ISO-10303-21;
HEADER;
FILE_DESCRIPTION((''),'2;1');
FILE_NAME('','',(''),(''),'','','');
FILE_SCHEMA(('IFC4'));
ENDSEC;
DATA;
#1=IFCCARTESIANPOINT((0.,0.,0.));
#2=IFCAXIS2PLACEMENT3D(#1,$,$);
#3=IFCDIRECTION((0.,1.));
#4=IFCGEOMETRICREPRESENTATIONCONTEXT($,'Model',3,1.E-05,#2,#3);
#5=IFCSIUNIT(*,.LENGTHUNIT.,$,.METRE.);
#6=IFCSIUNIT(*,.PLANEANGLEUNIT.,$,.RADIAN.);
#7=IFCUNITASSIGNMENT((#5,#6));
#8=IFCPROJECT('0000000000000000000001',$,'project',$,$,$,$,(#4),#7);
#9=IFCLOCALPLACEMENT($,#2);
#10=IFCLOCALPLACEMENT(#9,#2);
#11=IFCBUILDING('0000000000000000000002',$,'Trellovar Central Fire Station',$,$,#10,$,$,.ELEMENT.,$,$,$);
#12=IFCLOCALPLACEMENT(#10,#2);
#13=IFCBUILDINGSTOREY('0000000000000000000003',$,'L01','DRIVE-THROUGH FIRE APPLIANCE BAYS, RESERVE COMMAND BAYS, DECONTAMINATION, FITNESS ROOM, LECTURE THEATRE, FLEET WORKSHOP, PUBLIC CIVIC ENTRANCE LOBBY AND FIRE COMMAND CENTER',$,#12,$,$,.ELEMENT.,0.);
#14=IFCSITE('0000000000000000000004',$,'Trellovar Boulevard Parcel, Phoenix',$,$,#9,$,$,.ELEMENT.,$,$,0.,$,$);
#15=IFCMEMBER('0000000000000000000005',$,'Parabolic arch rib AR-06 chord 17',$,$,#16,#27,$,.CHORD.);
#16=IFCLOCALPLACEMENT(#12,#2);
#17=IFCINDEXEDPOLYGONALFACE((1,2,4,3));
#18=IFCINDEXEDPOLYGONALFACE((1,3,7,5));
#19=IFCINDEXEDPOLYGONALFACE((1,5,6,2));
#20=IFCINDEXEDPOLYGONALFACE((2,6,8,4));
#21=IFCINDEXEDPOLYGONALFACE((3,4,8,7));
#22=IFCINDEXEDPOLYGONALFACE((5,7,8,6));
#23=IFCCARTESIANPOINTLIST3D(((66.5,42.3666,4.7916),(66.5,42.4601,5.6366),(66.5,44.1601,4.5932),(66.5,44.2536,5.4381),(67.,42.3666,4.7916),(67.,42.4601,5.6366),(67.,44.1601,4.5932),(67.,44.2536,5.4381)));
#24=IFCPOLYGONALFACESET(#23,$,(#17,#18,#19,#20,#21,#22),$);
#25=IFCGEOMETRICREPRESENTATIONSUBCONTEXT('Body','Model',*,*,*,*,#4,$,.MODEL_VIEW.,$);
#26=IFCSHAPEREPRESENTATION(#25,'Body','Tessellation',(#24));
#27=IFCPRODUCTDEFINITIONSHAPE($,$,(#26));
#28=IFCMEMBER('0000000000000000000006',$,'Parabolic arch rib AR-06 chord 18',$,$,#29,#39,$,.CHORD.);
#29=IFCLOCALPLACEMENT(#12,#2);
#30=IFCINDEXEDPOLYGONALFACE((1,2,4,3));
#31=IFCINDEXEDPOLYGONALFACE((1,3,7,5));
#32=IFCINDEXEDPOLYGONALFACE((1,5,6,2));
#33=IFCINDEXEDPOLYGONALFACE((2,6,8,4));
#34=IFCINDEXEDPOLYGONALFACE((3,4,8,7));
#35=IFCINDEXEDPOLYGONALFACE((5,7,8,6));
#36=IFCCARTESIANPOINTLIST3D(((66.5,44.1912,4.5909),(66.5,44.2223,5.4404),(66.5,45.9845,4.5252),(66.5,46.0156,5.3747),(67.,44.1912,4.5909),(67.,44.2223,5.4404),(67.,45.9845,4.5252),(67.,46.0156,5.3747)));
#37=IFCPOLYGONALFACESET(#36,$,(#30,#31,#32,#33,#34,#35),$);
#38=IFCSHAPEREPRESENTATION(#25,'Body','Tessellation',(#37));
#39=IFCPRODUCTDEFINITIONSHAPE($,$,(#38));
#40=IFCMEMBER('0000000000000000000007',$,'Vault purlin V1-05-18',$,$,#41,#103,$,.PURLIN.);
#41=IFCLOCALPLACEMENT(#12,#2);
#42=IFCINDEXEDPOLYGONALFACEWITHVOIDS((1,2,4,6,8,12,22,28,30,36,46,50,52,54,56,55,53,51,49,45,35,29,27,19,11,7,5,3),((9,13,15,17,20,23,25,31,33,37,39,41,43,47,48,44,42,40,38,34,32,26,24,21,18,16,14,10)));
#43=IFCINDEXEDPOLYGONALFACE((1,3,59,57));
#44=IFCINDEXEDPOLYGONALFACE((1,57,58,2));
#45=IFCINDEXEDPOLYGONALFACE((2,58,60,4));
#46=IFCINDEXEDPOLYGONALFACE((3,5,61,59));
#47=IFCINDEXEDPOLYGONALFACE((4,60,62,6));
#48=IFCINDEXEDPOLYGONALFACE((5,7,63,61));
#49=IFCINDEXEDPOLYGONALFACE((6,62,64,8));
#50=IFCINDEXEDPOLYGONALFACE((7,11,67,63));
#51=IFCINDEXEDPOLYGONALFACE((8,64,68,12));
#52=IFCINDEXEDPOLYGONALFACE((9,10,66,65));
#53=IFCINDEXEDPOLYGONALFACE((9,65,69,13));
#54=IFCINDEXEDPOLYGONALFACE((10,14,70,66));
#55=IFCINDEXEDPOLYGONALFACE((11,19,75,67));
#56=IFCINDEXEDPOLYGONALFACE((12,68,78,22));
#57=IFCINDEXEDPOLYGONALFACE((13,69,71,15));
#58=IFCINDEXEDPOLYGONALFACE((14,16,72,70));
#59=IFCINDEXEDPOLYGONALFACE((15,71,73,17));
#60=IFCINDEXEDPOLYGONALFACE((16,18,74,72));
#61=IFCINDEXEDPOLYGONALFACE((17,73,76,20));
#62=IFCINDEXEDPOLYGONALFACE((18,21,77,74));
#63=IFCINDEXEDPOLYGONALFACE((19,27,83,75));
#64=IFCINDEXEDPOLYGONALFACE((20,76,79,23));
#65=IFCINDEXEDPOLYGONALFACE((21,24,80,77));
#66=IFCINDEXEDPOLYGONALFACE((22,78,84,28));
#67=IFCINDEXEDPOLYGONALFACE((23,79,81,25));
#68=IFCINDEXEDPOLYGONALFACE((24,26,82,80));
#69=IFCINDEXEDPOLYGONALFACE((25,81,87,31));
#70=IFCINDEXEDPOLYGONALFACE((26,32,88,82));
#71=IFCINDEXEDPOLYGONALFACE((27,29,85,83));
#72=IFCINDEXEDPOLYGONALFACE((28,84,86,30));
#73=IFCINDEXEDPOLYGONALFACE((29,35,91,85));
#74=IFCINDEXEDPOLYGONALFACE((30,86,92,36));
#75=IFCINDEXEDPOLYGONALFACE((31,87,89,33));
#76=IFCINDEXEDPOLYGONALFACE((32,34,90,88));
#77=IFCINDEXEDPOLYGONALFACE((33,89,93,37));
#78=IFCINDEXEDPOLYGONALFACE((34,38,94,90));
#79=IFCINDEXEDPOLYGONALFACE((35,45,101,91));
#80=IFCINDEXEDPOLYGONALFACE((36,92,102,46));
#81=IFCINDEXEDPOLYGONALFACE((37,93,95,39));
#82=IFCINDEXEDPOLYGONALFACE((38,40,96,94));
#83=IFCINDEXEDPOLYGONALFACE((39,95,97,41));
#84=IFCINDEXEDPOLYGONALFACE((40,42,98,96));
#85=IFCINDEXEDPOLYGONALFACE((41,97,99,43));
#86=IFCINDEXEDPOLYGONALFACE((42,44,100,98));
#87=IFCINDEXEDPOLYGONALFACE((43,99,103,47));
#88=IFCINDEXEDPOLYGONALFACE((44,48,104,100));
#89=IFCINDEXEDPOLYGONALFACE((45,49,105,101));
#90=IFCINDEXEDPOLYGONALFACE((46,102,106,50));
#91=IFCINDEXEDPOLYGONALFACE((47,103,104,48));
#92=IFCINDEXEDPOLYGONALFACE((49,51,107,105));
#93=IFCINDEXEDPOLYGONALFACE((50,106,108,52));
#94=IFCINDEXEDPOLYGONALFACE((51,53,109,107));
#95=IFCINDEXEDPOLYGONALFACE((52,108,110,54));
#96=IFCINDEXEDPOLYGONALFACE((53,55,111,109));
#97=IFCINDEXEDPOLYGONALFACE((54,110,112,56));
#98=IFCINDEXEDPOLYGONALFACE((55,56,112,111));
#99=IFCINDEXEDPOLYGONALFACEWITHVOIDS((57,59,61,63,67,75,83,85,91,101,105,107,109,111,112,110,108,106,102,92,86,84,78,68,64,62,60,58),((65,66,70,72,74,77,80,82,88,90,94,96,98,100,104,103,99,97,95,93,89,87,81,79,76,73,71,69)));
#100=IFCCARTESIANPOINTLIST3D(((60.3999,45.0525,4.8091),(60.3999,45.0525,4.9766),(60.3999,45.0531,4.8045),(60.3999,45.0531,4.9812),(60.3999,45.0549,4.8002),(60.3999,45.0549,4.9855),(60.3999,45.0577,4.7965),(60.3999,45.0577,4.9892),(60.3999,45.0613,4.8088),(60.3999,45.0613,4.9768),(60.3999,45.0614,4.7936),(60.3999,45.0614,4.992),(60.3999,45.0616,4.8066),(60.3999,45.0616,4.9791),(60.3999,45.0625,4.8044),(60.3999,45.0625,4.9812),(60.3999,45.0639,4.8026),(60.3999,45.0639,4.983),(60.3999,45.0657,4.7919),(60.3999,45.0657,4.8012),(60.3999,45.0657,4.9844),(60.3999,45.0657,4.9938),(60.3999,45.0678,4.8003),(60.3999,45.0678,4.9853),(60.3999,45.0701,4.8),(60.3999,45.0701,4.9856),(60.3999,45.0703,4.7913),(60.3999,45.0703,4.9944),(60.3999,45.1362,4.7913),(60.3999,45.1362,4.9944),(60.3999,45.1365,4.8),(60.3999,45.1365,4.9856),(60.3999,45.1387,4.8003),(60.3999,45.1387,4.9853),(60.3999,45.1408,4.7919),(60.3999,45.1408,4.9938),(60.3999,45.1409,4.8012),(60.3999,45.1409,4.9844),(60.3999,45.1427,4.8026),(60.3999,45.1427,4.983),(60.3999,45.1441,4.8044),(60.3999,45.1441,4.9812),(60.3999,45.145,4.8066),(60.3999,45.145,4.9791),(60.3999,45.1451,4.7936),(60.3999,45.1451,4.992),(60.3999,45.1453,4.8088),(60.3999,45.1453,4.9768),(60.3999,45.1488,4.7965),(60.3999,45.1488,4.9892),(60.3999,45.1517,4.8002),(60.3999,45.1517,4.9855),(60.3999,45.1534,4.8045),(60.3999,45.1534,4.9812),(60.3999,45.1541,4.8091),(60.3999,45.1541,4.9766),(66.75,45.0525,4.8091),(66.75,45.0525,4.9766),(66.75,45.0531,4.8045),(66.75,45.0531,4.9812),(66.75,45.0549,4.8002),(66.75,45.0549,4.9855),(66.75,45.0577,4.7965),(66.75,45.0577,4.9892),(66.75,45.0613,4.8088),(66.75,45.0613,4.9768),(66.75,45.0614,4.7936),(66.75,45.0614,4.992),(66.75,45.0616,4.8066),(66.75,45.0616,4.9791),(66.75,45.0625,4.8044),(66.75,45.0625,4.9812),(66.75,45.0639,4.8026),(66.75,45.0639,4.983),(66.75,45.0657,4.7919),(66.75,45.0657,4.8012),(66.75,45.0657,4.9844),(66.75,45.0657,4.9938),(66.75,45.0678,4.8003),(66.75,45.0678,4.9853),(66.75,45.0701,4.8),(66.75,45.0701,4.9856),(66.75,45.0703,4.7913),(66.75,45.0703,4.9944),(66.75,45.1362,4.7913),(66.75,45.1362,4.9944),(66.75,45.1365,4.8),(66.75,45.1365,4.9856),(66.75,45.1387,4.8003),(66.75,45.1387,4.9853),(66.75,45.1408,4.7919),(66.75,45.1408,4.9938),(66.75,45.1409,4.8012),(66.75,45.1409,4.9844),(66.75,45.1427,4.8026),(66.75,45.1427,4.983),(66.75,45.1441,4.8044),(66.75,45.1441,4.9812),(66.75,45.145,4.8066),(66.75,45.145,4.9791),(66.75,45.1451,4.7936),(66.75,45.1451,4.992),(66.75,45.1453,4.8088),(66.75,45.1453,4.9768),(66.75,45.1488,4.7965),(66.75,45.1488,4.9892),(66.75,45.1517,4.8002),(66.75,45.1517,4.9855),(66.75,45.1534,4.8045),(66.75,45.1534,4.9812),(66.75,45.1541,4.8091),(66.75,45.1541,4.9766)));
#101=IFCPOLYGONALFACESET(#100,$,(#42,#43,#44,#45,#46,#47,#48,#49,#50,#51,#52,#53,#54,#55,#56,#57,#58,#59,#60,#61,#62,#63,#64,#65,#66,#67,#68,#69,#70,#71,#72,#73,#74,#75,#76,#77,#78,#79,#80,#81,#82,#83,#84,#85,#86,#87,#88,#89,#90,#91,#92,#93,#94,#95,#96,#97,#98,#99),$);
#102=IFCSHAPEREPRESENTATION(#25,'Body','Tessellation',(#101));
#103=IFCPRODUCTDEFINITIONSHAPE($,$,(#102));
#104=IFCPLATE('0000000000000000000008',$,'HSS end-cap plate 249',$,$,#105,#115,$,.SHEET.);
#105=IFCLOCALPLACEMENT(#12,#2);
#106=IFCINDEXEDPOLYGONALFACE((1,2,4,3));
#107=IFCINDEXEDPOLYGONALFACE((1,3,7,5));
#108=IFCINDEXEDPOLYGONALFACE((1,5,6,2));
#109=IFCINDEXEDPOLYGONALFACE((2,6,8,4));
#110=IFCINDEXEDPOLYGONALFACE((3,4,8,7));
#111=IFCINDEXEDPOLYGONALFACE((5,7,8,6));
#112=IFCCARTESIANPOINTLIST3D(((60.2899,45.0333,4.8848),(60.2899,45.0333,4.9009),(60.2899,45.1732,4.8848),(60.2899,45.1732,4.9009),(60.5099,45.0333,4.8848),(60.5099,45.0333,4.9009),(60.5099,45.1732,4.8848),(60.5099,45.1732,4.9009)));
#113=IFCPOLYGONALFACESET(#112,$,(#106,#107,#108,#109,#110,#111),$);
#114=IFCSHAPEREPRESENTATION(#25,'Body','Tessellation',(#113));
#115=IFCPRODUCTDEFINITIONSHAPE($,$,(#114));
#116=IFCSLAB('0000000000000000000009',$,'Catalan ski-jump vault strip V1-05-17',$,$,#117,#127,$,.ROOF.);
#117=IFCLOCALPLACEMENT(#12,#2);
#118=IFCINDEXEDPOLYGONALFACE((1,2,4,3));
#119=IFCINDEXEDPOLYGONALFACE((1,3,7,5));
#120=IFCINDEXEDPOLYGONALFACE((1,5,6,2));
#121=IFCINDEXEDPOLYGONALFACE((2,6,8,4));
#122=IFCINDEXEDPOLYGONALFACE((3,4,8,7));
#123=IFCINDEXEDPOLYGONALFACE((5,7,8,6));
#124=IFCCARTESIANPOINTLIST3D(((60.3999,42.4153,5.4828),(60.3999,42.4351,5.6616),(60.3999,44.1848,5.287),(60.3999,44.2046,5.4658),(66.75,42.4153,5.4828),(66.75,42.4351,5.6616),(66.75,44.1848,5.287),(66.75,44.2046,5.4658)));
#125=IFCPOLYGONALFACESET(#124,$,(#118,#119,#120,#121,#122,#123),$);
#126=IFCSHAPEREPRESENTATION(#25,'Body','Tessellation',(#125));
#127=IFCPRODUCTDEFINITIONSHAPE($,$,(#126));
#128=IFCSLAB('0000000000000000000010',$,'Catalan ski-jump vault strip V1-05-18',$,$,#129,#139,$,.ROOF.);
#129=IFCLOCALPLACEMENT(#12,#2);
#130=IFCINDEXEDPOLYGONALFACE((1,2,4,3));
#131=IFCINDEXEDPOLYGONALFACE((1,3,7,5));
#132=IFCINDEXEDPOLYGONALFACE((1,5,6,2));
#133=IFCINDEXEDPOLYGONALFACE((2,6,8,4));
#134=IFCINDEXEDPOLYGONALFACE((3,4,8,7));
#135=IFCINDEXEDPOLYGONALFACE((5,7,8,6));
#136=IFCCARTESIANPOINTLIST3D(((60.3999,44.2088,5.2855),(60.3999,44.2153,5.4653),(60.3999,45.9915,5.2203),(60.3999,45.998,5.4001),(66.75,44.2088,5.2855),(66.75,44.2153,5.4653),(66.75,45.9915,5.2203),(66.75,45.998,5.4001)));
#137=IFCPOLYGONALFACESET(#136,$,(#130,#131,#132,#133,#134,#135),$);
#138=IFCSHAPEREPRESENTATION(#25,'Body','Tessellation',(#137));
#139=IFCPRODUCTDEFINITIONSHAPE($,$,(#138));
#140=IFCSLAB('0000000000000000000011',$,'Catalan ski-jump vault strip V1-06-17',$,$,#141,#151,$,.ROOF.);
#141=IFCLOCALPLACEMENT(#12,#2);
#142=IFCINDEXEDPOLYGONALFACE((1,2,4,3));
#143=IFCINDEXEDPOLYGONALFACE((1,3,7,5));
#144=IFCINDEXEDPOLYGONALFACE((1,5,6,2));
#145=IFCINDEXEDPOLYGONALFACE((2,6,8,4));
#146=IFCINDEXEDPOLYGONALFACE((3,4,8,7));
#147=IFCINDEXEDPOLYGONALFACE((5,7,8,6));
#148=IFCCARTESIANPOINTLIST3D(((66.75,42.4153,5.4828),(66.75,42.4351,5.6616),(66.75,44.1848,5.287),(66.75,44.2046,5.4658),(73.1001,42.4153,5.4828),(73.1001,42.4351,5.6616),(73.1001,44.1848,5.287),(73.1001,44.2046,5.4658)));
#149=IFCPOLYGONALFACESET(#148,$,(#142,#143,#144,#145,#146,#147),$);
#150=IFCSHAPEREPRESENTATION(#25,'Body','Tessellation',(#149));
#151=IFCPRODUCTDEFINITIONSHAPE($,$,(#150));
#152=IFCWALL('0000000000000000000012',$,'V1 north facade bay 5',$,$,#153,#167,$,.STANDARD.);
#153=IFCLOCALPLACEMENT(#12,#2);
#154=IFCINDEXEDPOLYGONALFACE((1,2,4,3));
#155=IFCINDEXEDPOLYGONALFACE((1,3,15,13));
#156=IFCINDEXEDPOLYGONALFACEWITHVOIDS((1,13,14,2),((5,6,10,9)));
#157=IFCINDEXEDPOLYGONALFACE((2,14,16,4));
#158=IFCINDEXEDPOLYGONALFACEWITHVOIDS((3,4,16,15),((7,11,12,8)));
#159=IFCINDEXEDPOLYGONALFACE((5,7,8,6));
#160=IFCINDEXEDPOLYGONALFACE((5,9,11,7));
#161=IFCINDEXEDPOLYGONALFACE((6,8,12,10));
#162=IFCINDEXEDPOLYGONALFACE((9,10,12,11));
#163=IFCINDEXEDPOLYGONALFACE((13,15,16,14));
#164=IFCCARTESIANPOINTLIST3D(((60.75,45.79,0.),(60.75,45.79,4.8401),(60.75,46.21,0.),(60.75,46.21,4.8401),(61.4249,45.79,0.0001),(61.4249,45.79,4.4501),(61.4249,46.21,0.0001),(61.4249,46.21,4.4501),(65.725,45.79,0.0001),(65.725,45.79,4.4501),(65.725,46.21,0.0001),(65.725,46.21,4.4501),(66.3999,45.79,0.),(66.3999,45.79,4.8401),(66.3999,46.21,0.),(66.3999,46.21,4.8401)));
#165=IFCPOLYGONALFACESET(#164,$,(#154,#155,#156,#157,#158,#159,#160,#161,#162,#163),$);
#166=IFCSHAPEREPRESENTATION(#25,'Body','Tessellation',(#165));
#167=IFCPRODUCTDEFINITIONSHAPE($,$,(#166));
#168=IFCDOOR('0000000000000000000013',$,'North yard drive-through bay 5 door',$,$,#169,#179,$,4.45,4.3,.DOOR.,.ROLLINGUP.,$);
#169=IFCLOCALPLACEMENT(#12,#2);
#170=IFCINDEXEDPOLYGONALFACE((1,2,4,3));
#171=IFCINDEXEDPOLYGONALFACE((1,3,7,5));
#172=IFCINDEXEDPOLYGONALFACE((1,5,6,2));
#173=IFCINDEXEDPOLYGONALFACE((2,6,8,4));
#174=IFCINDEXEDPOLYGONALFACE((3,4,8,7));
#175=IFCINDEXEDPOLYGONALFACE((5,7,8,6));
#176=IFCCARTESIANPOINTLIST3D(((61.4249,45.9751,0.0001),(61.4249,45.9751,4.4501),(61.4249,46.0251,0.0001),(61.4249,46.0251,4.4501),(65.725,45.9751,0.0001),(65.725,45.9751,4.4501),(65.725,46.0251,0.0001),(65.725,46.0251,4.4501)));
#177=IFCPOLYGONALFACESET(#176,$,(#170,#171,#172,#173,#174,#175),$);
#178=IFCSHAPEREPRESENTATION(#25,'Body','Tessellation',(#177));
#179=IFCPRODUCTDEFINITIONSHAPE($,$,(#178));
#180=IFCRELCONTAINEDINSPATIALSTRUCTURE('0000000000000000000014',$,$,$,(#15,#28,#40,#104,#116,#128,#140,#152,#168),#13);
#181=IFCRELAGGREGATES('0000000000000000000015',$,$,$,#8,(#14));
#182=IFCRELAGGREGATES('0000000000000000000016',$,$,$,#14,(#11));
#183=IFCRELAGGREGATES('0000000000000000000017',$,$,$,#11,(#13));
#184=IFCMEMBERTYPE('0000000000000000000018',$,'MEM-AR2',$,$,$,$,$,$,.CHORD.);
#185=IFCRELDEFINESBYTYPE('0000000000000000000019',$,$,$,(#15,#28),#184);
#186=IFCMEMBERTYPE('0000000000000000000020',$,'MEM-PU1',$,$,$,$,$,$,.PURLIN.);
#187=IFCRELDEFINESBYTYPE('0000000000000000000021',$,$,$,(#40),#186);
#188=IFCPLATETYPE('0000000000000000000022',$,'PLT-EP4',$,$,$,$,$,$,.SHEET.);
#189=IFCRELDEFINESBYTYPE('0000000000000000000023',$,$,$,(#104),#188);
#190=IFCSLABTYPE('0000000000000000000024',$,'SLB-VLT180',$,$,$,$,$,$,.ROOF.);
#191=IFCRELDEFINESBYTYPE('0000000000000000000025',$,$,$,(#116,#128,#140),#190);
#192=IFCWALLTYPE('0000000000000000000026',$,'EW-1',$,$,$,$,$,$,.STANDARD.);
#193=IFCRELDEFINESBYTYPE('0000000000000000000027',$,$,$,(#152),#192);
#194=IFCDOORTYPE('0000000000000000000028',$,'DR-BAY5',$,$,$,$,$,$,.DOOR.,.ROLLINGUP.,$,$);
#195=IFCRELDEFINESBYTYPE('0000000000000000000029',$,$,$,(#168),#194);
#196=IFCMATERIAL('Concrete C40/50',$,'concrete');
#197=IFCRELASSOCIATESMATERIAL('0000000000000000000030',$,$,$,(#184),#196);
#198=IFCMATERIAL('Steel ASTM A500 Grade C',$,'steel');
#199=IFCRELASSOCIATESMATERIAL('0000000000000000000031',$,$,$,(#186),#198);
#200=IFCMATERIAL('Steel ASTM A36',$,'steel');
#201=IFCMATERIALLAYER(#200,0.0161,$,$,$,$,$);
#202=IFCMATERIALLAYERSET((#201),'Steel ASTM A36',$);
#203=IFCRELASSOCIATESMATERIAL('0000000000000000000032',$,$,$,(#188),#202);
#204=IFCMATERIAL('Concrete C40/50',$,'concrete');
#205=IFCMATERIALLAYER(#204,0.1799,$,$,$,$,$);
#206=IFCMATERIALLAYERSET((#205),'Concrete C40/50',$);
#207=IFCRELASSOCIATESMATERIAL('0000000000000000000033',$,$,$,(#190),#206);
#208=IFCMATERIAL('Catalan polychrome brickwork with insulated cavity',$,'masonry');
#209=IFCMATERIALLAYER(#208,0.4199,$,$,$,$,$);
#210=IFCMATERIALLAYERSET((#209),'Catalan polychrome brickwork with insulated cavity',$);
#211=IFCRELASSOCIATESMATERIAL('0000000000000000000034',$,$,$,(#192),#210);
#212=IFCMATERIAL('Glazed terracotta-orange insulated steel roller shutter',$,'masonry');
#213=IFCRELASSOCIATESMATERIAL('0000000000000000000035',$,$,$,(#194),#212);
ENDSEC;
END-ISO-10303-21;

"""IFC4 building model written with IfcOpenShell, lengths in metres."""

from ifc_helpers import new_model, si_unit, direction, frame, frame_2d, origin, origin_2d, place, context, subcontext, project, spatial, polyline, rectangle, hollow_rectangle, outline, extrude, material, layer, layer_set, material_profile, profile_set, type_object, element, fill, save


model = new_model("IFC4")

# Units and contexts
model_context = context("Model", 3, precision=1e-05, world=origin(), true_north=direction((0.0, 1.0)))
body_context = subcontext(model_context, "Body", "Model", "MODEL_VIEW")
ifc_project = project(units=[si_unit("LENGTHUNIT", "METRE"), si_unit("PLANEANGLEUNIT", "RADIAN")], contexts=[model_context])

# Site, building, storey
site_placement = place(None, origin())
site = spatial("IfcSite", under=ifc_project, at=site_placement, Name="Trellovar Boulevard Parcel, Phoenix", CompositionType="ELEMENT", RefElevation=0.0)
building_placement = place(site_placement, origin())
building = spatial("IfcBuilding", under=site, at=building_placement, Name="Trellovar Central Fire Station", CompositionType="ELEMENT")
storey_placement = place(building_placement, origin())
storey = spatial("IfcBuildingStorey", under=building, at=storey_placement, Name="L01", Description="DRIVE-THROUGH FIRE APPLIANCE BAYS, RESERVE COMMAND BAYS, DECONTAMINATION, FITNESS ROOM, LECTURE THEATRE, FLEET WORKSHOP, PUBLIC CIVIC ENTRANCE LOBBY AND FIRE COMMAND CENTER", CompositionType="ELEMENT", Elevation=0.0)

# Members
ifc_material_1 = material(Name="Concrete C40/50", Category="concrete")
ifc_material_profile_1 = material_profile(ifc_material_1, rectangle(XDim=0.5, YDim=0.8501, at=origin_2d()), Name="RC500X850")
ifc_profile_set_1 = profile_set([ifc_material_profile_1], Name="Concrete C40/50")
member_type_1 = type_object("IfcMemberType", Name="MEM-AR2", PredefinedType="CHORD", material=ifc_profile_set_1)
member_1_placement = place(storey_placement, frame((66.75, 42.4133, 5.2141), z_axis=(0.0, 0.993931, -0.110001), x_axis=(-1.0, 0.0, 0.0)))
element("IfcMember", 1, at=member_1_placement, inside=storey, type_object=member_type_1, Name="Parabolic arch rib AR-06 chord 17", PredefinedType="CHORD", context=body_context, shape_type="SweptSolid", body=[
    extrude(rectangle(XDim=0.5, YDim=0.8501, at=origin_2d()), origin(), (0.0, 0.0, 1.0), 1.8044),
])
member_2_placement = place(storey_placement, frame((66.75, 44.2068, 5.0156), z_axis=(0.0, 0.99933, -0.036599), x_axis=(-1.0, 0.0, 0.0)))
element("IfcMember", 2, at=member_2_placement, inside=storey, type_object=member_type_1, Name="Parabolic arch rib AR-06 chord 18", PredefinedType="CHORD", context=body_context, shape_type="SweptSolid", body=[
    extrude(rectangle(XDim=0.5, YDim=0.8501, at=origin_2d()), origin(), (0.0, 0.0, 1.0), 1.7944),
])
ifc_material_2 = material(Name="Steel ASTM A500 Grade C", Category="steel")
ifc_material_profile_2 = material_profile(ifc_material_2, hollow_rectangle(XDim=0.1016, YDim=0.2031, WallThickness=0.0088, InnerFilletRadius=0.0088, OuterFilletRadius=0.0178, at=origin_2d()), Name="HSS8X4X3/8")
ifc_profile_set_2 = profile_set([ifc_material_profile_2], Name="Steel ASTM A500 Grade C")
member_type_2 = type_object("IfcMemberType", Name="MEM-PU1", PredefinedType="PURLIN", material=ifc_profile_set_2)
member_3_placement = place(storey_placement, frame((60.3999, 45.1033, 4.8928), z_axis=(1.0, 0.0, 0.0), x_axis=(0.0, 1.0, 0.0)))
element("IfcMember", 3, at=member_3_placement, inside=storey, type_object=member_type_2, Name="Vault purlin V1-05-18", PredefinedType="PURLIN", context=body_context, shape_type="SweptSolid", body=[
    extrude(hollow_rectangle(XDim=0.1016, YDim=0.2031, WallThickness=0.0088, InnerFilletRadius=0.0088, OuterFilletRadius=0.0178, at=origin_2d()), origin(), (0.0, 0.0, 1.0), 6.3501),
])

# Plate
ifc_material_3 = material(Name="Steel ASTM A36", Category="steel")
ifc_layer_1 = layer(ifc_material_3, 0.0161)
ifc_layer_set_1 = layer_set([ifc_layer_1], Name="Steel ASTM A36")
plate_type = type_object("IfcPlateType", Name="PLT-EP4", PredefinedType="SHEET", material=ifc_layer_set_1)
plate_placement = place(storey_placement, frame((60.3999, 45.1033, 4.8848), z_axis=(0.0, 0.0, 1.0), x_axis=(1.0, 0.0, 0.0)))
element("IfcPlate", 4, at=plate_placement, inside=storey, type_object=plate_type, Name="HSS end-cap plate 249", PredefinedType="SHEET", context=body_context, shape_type="SweptSolid", body=[
    extrude(rectangle(XDim=0.22, YDim=0.1399, at=origin_2d()), origin(), (0.0, 0.0, 1.0), 0.0161),
])

# Slabs
ifc_material_4 = material(Name="Concrete C40/50", Category="concrete")
ifc_layer_2 = layer(ifc_material_4, 0.1799)
ifc_layer_set_2 = layer_set([ifc_layer_2], Name="Concrete C40/50")
slab_type = type_object("IfcSlabType", Name="SLB-VLT180", PredefinedType="ROOF", material=ifc_layer_set_2)
slab_1_placement = place(storey_placement, frame((60.3999, 42.4351, 5.6616), z_axis=(0.0, 0.10998, 0.993934), x_axis=(1.0, 0.0, 0.0)))
element("IfcSlab", 5, at=slab_1_placement, inside=storey, type_object=slab_type, Name="Catalan ski-jump vault strip V1-05-17", PredefinedType="ROOF", context=body_context, shape_type="SweptSolid", body=[
    extrude(outline(polyline([(0.0, 0.0), (6.3501, 0.0), (6.3501, 1.7803), (0.0, 1.7803), (0.0, 0.0)])), origin(), (0.0, 0.0, -1.0), 0.1799),
])
slab_2_placement = place(storey_placement, frame((60.3999, 44.2153, 5.4653), z_axis=(0.0, 0.036541, 0.999332), x_axis=(1.0, 0.0, 0.0)))
element("IfcSlab", 6, at=slab_2_placement, inside=storey, type_object=slab_type, Name="Catalan ski-jump vault strip V1-05-18", PredefinedType="ROOF", context=body_context, shape_type="SweptSolid", body=[
    extrude(outline(polyline([(0.0, 0.0), (6.3501, 0.0), (6.3501, 1.7839), (0.0, 1.7839), (0.0, 0.0)])), origin(), (0.0, 0.0, -1.0), 0.1799),
])
slab_3_placement = place(storey_placement, frame((66.75, 42.4351, 5.6616), z_axis=(0.0, 0.10998, 0.993934), x_axis=(1.0, 0.0, 0.0)))
element("IfcSlab", 7, at=slab_3_placement, inside=storey, type_object=slab_type, Name="Catalan ski-jump vault strip V1-06-17", PredefinedType="ROOF", context=body_context, shape_type="SweptSolid", body=[
    extrude(outline(polyline([(0.0, 0.0), (6.3501, 0.0), (6.3501, 1.7803), (0.0, 1.7803), (0.0, 0.0)])), origin(), (0.0, 0.0, -1.0), 0.1799),
])

# Wall, opening, door
ifc_material_5 = material(Name="Catalan polychrome brickwork with insulated cavity", Category="masonry")
ifc_layer_3 = layer(ifc_material_5, 0.4199)
ifc_layer_set_3 = layer_set([ifc_layer_3], Name="Catalan polychrome brickwork with insulated cavity")
wall_type = type_object("IfcWallType", Name="EW-1", PredefinedType="STANDARD", material=ifc_layer_set_3)
wall_1_placement = place(storey_placement, frame((66.3999, 46.0, 0.0), z_axis=(0.0, 0.0, 1.0), x_axis=(-1.0, 0.0, 0.0)))
wall_1 = element("IfcWall", 8, at=wall_1_placement, inside=storey, type_object=wall_type, Name="V1 north facade bay 5", PredefinedType="STANDARD", context=body_context, shape_type="SweptSolid", body=[
    extrude(rectangle(XDim=5.6499, YDim=0.4199, at=frame_2d((2.825, 0.0))), origin(), (0.0, 0.0, 1.0), 4.8401),
])
opening_1_placement = place(wall_1_placement, frame((0.675, 0.0, 0.0)))
opening_1 = element("IfcOpeningElement", 9, at=opening_1_placement, cuts=wall_1, PredefinedType="OPENING", context=body_context, shape_type="SweptSolid", body=[
    extrude(rectangle(XDim=4.3, YDim=4.45, at=frame_2d((2.1499, 2.2251))), frame((0.0, 0.22, 0.0), z_axis=(0.0, -1.0, 0.0), x_axis=(1.0, 0.0, 0.0)), (0.0, 0.0, 1.0), 0.4399),
])
ifc_material_6 = material(Name="Glazed terracotta-orange insulated steel roller shutter", Category="masonry")
door_type_1 = type_object("IfcDoorType", Name="DR-BAY5", OperationType="ROLLINGUP", PredefinedType="DOOR", material=ifc_material_6)
door_1_placement = place(opening_1_placement, origin())
door_1 = element("IfcDoor", 10, at=door_1_placement, inside=storey, type_object=door_type_1, Name="North yard drive-through bay 5 door", OperationType="ROLLINGUP", OverallHeight=4.45, OverallWidth=4.3, PredefinedType="DOOR", context=body_context, shape_type="SweptSolid", body=[
    extrude(rectangle(XDim=4.3, YDim=4.45, at=frame_2d((2.1499, 2.2251))), frame((0.0, 0.0249, 0.0), z_axis=(0.0, -1.0, 0.0), x_axis=(1.0, 0.0, 0.0)), (0.0, 0.0, 1.0), 0.05),
])
fill(opening_1, door_1)

save(model, "model.ifc")
